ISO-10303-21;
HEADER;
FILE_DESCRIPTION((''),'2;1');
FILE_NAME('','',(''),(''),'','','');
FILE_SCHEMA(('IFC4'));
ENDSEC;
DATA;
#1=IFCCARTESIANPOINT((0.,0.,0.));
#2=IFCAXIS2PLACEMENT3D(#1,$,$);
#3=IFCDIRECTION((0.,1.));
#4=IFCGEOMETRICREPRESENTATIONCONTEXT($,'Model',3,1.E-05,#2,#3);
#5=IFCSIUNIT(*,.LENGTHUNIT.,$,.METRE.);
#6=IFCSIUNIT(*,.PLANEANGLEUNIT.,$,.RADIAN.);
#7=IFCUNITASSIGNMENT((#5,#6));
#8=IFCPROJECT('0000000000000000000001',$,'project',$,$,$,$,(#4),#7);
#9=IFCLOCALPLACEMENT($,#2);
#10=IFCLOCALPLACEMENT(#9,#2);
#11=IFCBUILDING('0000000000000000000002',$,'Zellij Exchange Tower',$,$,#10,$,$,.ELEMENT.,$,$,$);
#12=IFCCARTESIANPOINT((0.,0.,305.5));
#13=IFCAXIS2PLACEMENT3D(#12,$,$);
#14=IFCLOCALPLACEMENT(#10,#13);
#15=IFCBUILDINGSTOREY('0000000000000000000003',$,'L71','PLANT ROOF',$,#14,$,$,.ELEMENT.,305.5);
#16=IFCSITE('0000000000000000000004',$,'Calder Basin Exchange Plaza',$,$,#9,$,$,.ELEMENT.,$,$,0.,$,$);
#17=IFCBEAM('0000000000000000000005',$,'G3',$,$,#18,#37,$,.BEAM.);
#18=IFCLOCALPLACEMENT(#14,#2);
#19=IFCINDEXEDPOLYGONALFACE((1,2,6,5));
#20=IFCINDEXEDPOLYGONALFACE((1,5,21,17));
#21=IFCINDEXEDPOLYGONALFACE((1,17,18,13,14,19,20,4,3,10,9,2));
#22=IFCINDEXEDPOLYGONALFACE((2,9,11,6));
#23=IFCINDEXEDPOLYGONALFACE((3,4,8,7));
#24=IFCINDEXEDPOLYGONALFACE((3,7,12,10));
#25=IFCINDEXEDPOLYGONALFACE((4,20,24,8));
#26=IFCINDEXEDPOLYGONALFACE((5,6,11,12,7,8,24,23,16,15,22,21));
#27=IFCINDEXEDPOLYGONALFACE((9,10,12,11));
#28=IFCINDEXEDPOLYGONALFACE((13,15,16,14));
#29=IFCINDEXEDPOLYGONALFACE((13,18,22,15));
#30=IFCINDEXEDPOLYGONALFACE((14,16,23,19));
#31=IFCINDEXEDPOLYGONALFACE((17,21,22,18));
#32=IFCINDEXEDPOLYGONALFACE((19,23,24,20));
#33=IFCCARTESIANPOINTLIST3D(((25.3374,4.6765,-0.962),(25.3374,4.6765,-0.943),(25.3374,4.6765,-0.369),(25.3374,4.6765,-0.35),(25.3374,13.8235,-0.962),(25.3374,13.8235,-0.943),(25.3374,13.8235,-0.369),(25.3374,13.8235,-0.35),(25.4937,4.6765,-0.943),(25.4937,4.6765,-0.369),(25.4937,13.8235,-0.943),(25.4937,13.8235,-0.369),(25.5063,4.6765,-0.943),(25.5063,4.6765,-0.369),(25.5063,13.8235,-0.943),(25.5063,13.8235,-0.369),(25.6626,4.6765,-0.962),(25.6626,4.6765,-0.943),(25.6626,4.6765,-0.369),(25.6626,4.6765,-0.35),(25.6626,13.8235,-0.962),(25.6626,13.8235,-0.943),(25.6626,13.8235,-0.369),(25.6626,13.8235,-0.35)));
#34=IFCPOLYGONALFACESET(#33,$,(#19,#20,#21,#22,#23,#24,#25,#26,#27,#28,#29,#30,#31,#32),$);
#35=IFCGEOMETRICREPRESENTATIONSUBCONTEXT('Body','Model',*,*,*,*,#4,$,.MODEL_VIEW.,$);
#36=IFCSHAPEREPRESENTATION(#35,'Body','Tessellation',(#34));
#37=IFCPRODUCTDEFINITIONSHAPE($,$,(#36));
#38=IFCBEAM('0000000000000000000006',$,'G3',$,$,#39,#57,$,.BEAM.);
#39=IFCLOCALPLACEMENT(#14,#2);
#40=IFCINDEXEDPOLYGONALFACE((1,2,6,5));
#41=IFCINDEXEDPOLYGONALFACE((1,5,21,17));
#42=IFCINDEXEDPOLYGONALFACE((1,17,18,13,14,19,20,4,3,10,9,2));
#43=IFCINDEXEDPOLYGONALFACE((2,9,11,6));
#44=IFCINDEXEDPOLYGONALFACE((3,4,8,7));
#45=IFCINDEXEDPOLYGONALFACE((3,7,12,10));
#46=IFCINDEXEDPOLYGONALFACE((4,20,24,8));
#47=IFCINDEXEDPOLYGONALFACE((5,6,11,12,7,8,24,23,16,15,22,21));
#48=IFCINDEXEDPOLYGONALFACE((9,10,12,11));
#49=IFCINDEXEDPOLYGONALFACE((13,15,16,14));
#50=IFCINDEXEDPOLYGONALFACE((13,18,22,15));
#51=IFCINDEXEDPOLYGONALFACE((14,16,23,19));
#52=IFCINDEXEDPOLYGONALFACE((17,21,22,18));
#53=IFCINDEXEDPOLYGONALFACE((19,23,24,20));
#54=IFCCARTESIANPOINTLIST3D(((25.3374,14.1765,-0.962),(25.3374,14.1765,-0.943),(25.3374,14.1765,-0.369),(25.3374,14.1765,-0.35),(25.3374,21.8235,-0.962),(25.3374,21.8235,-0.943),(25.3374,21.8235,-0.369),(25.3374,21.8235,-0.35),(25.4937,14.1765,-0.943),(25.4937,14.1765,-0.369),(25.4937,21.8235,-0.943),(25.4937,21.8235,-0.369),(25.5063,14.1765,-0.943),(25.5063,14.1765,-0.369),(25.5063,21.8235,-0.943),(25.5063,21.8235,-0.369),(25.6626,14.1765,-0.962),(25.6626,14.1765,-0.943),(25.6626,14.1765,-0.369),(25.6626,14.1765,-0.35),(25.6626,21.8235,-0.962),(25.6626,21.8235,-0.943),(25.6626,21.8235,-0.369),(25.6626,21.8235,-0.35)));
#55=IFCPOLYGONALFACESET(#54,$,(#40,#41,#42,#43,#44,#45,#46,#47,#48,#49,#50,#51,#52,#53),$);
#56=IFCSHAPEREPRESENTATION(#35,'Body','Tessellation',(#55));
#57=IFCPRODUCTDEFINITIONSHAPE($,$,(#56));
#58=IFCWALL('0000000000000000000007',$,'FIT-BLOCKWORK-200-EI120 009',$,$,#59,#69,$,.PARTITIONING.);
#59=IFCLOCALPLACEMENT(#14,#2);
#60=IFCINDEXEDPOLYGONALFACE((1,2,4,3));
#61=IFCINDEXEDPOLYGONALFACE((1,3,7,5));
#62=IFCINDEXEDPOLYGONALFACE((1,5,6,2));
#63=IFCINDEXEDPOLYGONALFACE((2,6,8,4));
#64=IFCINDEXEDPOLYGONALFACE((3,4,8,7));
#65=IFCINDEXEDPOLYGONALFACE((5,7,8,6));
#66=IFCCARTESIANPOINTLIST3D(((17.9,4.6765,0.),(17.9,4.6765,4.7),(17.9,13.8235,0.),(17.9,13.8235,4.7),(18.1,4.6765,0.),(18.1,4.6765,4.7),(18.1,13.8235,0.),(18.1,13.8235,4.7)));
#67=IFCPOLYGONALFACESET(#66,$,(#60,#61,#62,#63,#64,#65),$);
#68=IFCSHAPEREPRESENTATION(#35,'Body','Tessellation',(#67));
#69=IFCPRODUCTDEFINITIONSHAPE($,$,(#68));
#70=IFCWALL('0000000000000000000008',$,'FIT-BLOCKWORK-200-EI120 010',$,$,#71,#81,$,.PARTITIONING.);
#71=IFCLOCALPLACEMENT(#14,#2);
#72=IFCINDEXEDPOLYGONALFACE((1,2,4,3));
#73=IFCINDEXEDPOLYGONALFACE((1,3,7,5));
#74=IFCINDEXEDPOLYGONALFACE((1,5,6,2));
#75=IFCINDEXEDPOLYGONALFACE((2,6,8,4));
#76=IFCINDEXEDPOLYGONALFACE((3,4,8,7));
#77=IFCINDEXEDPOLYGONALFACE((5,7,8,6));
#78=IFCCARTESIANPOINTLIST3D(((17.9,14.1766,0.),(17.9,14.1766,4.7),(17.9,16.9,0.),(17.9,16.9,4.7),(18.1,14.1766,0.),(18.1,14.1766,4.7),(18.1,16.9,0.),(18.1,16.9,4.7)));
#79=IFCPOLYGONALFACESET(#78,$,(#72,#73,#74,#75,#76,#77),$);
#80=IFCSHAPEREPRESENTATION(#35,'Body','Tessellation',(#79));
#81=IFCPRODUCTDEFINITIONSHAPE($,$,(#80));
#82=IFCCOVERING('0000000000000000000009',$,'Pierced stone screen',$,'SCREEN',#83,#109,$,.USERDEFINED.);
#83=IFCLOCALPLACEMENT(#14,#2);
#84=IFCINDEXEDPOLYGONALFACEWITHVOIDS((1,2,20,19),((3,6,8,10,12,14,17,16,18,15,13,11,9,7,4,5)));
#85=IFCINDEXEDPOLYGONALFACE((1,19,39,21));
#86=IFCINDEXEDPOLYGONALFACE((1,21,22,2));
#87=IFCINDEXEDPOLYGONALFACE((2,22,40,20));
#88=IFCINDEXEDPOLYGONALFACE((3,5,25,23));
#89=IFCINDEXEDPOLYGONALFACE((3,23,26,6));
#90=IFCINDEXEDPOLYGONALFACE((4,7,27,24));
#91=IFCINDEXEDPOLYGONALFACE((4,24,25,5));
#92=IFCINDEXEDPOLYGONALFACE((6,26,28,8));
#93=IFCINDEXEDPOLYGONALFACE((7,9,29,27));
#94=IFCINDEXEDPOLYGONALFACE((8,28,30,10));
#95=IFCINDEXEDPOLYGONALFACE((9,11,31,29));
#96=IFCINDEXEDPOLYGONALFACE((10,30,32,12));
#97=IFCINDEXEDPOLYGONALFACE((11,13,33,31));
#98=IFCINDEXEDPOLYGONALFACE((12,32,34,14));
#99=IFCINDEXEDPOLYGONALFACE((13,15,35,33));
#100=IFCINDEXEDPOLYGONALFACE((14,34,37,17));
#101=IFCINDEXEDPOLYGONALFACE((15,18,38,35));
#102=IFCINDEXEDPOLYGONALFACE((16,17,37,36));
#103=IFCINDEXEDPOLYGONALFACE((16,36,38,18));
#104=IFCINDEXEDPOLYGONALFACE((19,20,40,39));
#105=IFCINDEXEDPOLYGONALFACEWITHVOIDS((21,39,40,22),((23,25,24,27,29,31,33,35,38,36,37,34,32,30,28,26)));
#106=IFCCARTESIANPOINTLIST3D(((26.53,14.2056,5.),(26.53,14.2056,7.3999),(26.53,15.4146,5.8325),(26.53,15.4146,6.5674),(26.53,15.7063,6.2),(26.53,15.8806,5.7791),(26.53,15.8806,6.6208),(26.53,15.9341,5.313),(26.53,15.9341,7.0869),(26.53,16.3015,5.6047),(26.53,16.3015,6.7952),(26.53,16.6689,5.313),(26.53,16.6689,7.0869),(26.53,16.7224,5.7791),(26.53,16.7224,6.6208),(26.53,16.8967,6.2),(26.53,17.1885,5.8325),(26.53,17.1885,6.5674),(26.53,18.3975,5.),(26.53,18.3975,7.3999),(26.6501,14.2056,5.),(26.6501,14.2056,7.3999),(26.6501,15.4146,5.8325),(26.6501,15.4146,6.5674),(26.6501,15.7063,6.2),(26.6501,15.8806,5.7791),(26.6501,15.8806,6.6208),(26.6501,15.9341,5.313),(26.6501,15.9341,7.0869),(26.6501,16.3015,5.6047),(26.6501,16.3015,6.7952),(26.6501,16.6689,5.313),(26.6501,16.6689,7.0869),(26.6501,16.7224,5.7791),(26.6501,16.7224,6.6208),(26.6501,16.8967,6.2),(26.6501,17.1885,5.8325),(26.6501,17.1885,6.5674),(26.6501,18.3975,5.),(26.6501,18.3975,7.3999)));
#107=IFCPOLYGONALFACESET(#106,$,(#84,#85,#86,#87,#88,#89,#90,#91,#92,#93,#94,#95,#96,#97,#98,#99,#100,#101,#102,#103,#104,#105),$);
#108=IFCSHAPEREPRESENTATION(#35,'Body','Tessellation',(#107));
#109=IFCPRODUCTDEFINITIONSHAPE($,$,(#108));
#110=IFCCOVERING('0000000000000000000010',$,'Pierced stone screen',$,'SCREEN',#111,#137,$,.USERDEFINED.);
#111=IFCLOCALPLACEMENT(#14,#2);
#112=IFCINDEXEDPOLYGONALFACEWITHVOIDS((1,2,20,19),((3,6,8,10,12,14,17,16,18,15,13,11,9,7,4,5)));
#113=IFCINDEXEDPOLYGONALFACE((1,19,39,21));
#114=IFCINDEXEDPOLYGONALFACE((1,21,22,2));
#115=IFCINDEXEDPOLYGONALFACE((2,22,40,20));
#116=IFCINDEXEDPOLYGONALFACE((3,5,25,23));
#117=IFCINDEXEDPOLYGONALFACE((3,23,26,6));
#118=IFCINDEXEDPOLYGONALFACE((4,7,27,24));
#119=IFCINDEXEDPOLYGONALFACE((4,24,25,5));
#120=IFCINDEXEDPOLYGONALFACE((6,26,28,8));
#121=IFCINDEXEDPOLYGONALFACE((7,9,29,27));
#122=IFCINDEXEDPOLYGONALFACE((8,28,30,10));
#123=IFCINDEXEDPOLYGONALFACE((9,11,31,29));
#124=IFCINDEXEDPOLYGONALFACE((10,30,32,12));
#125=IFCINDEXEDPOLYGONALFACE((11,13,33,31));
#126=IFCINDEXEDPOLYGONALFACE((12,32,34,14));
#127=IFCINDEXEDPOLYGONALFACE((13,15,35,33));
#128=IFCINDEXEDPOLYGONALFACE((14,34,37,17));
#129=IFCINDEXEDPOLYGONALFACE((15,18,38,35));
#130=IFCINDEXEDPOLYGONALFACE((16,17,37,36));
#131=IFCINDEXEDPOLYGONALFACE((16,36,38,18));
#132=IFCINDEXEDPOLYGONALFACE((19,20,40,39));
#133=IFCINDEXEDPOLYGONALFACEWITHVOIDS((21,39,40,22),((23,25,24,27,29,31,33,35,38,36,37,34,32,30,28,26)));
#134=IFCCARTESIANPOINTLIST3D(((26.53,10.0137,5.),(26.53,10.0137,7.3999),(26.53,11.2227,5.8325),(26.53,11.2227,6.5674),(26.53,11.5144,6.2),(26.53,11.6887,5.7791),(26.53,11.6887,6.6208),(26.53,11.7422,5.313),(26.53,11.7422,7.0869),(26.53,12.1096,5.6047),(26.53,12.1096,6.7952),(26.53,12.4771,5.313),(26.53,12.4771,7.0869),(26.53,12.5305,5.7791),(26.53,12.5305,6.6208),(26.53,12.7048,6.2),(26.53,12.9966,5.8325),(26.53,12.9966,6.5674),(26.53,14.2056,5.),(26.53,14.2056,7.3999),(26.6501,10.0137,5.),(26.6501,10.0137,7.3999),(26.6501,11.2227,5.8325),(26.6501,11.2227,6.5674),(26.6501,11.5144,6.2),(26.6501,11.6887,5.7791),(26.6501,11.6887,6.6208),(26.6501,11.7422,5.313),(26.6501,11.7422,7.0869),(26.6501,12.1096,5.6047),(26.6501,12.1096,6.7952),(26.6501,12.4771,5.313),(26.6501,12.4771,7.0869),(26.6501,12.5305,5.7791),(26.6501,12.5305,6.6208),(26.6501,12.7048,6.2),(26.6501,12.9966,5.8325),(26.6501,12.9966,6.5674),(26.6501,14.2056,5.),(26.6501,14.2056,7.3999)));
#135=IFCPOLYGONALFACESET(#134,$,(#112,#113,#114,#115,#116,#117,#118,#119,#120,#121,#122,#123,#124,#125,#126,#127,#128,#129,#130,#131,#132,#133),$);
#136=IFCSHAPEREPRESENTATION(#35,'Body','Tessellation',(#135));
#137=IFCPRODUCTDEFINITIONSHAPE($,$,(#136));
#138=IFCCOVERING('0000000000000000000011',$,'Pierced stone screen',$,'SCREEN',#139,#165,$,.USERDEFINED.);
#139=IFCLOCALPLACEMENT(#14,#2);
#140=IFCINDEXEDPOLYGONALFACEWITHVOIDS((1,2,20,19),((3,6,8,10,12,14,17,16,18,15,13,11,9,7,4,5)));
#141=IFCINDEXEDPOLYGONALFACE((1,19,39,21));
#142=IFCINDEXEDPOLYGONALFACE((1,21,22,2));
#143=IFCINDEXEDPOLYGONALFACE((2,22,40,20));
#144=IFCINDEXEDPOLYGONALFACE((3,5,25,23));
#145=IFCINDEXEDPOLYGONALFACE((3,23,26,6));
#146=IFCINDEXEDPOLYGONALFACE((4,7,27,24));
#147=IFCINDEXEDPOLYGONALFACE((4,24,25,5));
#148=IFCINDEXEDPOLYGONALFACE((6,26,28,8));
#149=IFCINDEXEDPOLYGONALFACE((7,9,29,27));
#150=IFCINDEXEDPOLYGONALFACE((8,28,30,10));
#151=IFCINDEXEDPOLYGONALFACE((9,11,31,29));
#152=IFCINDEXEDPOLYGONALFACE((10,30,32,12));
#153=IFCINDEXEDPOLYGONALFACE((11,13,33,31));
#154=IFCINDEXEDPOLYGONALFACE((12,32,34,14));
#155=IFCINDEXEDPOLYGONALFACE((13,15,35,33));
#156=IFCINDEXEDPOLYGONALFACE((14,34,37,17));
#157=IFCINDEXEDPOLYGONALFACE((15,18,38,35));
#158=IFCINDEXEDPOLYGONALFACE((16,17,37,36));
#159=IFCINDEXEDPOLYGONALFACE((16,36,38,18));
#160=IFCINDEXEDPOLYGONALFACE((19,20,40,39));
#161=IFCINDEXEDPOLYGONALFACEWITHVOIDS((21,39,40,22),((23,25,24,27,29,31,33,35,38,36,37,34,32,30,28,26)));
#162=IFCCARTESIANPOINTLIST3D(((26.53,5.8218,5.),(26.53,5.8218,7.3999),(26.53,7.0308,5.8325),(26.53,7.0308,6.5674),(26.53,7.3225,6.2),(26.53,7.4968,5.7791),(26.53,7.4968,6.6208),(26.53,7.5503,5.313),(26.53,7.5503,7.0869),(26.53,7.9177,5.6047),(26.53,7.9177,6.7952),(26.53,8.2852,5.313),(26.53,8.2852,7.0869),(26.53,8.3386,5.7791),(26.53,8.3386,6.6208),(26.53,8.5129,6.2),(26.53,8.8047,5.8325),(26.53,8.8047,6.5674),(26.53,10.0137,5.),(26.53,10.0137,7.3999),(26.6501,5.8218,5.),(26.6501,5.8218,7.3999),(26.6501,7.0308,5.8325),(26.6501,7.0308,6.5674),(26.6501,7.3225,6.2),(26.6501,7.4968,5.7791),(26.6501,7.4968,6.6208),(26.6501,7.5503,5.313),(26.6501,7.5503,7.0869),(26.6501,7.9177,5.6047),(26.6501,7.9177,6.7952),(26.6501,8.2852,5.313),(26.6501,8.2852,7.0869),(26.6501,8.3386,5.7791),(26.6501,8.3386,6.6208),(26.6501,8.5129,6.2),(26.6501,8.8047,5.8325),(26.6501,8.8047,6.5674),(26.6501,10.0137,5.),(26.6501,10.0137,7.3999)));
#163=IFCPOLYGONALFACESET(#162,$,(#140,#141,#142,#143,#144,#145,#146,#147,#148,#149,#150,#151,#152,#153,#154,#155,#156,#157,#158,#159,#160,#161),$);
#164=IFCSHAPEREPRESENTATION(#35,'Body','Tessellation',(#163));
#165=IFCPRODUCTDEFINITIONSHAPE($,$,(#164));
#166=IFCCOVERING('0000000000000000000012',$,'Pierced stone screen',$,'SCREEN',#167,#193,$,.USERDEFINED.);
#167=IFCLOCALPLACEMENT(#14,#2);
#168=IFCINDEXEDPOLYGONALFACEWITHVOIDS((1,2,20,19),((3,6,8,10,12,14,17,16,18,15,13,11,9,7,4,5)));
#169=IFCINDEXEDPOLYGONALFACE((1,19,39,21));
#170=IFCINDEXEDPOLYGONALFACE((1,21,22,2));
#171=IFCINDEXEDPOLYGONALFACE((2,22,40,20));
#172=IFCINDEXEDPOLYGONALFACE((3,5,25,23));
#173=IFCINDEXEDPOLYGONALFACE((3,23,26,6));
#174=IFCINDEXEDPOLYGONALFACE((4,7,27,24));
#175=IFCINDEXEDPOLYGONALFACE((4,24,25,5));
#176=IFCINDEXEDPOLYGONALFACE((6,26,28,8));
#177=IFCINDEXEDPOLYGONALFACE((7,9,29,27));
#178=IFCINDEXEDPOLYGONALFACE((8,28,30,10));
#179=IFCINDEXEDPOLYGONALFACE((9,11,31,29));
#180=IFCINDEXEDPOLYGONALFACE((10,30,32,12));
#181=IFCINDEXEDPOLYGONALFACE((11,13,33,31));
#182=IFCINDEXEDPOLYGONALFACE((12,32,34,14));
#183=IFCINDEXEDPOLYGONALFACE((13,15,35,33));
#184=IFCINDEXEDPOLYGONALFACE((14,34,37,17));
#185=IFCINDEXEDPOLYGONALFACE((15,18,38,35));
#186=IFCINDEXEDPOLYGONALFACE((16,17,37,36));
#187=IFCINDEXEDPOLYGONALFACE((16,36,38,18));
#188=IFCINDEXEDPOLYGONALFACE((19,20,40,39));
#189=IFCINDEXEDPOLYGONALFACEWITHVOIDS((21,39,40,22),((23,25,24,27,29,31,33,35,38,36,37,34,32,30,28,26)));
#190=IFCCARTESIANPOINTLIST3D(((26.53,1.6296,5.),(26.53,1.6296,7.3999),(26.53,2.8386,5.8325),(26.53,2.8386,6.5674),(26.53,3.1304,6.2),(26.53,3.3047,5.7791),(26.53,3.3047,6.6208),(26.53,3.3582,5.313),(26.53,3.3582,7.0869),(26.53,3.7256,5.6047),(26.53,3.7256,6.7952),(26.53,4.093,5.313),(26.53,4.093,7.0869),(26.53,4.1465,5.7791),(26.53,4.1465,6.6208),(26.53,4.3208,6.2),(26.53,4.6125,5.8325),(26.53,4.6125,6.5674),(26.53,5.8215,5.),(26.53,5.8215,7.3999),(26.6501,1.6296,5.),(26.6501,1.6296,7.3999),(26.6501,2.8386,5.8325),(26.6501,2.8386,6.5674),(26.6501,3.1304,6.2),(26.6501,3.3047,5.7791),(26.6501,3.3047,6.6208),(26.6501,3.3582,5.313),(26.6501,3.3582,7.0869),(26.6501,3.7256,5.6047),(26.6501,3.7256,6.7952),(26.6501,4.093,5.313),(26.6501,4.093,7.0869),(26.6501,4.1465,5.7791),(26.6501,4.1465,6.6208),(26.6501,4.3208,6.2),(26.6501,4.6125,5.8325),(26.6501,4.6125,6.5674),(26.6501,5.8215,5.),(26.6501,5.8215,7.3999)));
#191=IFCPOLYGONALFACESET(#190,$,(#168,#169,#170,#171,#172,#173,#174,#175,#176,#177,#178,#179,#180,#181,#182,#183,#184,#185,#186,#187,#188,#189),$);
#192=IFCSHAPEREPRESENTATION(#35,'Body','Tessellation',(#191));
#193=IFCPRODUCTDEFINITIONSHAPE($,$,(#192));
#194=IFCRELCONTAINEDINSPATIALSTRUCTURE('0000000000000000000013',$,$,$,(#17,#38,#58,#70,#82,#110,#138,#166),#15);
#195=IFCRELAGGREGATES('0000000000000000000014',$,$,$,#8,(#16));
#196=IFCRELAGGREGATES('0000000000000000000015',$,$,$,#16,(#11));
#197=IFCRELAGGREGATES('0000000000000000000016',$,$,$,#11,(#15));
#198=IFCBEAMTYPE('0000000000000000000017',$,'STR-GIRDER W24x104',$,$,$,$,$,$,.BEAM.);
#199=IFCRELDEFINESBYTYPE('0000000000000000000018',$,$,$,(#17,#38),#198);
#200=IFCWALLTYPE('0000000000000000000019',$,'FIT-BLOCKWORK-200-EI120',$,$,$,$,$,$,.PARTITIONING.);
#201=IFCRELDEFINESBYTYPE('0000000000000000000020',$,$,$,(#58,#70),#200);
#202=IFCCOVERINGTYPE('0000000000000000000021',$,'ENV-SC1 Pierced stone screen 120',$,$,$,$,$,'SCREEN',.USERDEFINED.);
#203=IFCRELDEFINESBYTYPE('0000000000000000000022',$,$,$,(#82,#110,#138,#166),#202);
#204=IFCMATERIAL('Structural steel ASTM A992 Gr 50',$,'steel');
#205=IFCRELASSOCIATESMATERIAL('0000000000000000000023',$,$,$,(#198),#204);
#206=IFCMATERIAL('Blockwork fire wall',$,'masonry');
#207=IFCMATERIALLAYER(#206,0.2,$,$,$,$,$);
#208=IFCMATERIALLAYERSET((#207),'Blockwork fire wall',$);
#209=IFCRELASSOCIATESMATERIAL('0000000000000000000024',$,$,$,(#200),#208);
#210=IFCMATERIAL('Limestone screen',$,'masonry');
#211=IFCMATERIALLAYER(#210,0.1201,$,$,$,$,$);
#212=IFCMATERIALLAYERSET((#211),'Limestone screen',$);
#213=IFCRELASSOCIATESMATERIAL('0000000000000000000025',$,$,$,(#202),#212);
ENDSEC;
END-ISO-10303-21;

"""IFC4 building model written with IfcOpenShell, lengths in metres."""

from ifc_helpers import new_model, si_unit, direction, frame, frame_2d, origin, origin_2d, place, context, subcontext, project, spatial, polyline, rectangle, i_section, outline, extrude, material, layer, layer_set, material_profile, profile_set, type_object, element, save


model = new_model("IFC4")

# Units and contexts
model_context = context("Model", 3, precision=1e-05, world=origin(), true_north=direction((0.0, 1.0)))
body_context = subcontext(model_context, "Body", "Model", "MODEL_VIEW")
ifc_project = project(units=[si_unit("LENGTHUNIT", "METRE"), si_unit("PLANEANGLEUNIT", "RADIAN")], contexts=[model_context])

# Site, building, storey
site_placement = place(None, origin())
site = spatial("IfcSite", under=ifc_project, at=site_placement, Name="Calder Basin Exchange Plaza", CompositionType="ELEMENT", RefElevation=0.0)
building_placement = place(site_placement, origin())
building = spatial("IfcBuilding", under=site, at=building_placement, Name="Zellij Exchange Tower", CompositionType="ELEMENT")
storey_placement = place(building_placement, frame((0.0, 0.0, 305.5)))
storey = spatial("IfcBuildingStorey", under=building, at=storey_placement, Name="L71", Description="PLANT ROOF", CompositionType="ELEMENT", Elevation=305.5)

# Shared definitions
ifc_material_1 = material(Name="Structural steel ASTM A992 Gr 50", Category="steel")

# Beams
ifc_material_profile_1 = material_profile(ifc_material_1, i_section(OverallWidth=0.3252, OverallDepth=0.6121, WebThickness=0.0127, FlangeThickness=0.019, at=origin_2d()), Name="W24x104")
ifc_profile_set_1 = profile_set([ifc_material_profile_1], Name="Structural steel ASTM A992 Gr 50")
beam_type = type_object("IfcBeamType", Name="STR-GIRDER W24x104", PredefinedType="BEAM", material=ifc_profile_set_1)
beam_1_placement = place(storey_placement, frame((25.5, 4.6765, -0.656), z_axis=(0.0, 1.0, 0.0), x_axis=(-1.0, 0.0, 0.0)))
element("IfcBeam", 1, at=beam_1_placement, inside=storey, type_object=beam_type, Name="G3", PredefinedType="BEAM", context=body_context, shape_type="SweptSolid", body=[
    extrude(i_section(OverallWidth=0.3252, OverallDepth=0.6121, WebThickness=0.0127, FlangeThickness=0.019, at=origin_2d()), origin(), (0.0, 0.0, 1.0), 9.147),
])
beam_2_placement = place(storey_placement, frame((25.5, 14.1765, -0.656), z_axis=(0.0, 1.0, 0.0), x_axis=(-1.0, 0.0, 0.0)))
element("IfcBeam", 2, at=beam_2_placement, inside=storey, type_object=beam_type, Name="G3", PredefinedType="BEAM", context=body_context, shape_type="SweptSolid", body=[
    extrude(i_section(OverallWidth=0.3252, OverallDepth=0.6121, WebThickness=0.0127, FlangeThickness=0.019, at=origin_2d()), origin(), (0.0, 0.0, 1.0), 7.647),
])

# Walls
ifc_material_2 = material(Name="Blockwork fire wall", Category="masonry")
ifc_layer_1 = layer(ifc_material_2, 0.2)
ifc_layer_set_1 = layer_set([ifc_layer_1], Name="Blockwork fire wall")
wall_type = type_object("IfcWallType", Name="FIT-BLOCKWORK-200-EI120", PredefinedType="PARTITIONING", material=ifc_layer_set_1)
wall_1_placement = place(storey_placement, frame((18.0, 4.6765, 0.0), z_axis=(0.0, 0.0, 1.0), x_axis=(0.0, 1.0, 0.0)))
element("IfcWall", 3, at=wall_1_placement, inside=storey, type_object=wall_type, Name="FIT-BLOCKWORK-200-EI120 009", PredefinedType="PARTITIONING", context=body_context, shape_type="SweptSolid", body=[
    extrude(rectangle(XDim=9.147, YDim=0.2, at=frame_2d((4.5735, 0.0))), origin(), (0.0, 0.0, 1.0), 4.7),
])
wall_2_placement = place(storey_placement, frame((18.0, 14.1765, 0.0), z_axis=(0.0, 0.0, 1.0), x_axis=(0.0, 1.0, 0.0)))
element("IfcWall", 4, at=wall_2_placement, inside=storey, type_object=wall_type, Name="FIT-BLOCKWORK-200-EI120 010", PredefinedType="PARTITIONING", context=body_context, shape_type="SweptSolid", body=[
    extrude(rectangle(XDim=2.7234, YDim=0.2, at=frame_2d((1.3618, 0.0))), origin(), (0.0, 0.0, 1.0), 4.7),
])

# Coverings
ifc_material_3 = material(Name="Limestone screen", Category="masonry")
ifc_layer_2 = layer(ifc_material_3, 0.1201)
ifc_layer_set_2 = layer_set([ifc_layer_2], Name="Limestone screen")
covering_type = type_object("IfcCoveringType", Name="ENV-SC1 Pierced stone screen 120", ElementType="SCREEN", PredefinedType="USERDEFINED", material=ifc_layer_set_2)
for number, where, z_axis, x_axis, name in (
    (5, (26.5901, 18.3975, 5.0), (0.0, 0.0, 1.0), (0.0, -1.0, 0.0), "Pierced stone screen"),
    (6, (26.5901, 14.2056, 5.0), (0.0, 0.0, 1.0), (0.0, -1.0, 0.0), "Pierced stone screen"),
    (7, (26.5901, 10.0137, 5.0), (0.0, 0.0, 1.0), (0.0, -1.0, 0.0), "Pierced stone screen"),
    (8, (26.5901, 5.8215, 5.0), (0.0, 0.0, 1.0), (0.0, -1.0, 0.0), "Pierced stone screen"),
):
    element("IfcCovering", number, at=place(storey_placement, frame(where, z_axis=z_axis, x_axis=x_axis)), inside=storey, type_object=covering_type, Name=name, ObjectType="SCREEN", PredefinedType="USERDEFINED", context=body_context, shape_type="SweptSolid", body=[
        extrude(outline(polyline([(0.0, 0.0), (4.1919, 0.0), (4.1919, 2.3999), (0.0, 2.3999), (0.0, 0.0)]), holes=[polyline([(2.9829, 1.5674), (2.5168, 1.6208), (2.4634, 2.0869), (2.0959, 1.7952), (1.7285, 2.0869), (1.675, 1.6208), (1.209, 1.5674), (1.5007, 1.2), (1.209, 0.8325), (1.675, 0.7791), (1.7285, 0.313), (2.0959, 0.6047), (2.4634, 0.313), (2.5168, 0.7791), (2.9829, 0.8325), (2.6912, 1.2), (2.9829, 1.5674)])]), frame((0.0, 0.0601, 0.0), z_axis=(0.0, -1.0, 0.0), x_axis=(1.0, 0.0, 0.0)), (0.0, 0.0, 1.0), 0.1201),
    ])

save(model, "model.ifc")
